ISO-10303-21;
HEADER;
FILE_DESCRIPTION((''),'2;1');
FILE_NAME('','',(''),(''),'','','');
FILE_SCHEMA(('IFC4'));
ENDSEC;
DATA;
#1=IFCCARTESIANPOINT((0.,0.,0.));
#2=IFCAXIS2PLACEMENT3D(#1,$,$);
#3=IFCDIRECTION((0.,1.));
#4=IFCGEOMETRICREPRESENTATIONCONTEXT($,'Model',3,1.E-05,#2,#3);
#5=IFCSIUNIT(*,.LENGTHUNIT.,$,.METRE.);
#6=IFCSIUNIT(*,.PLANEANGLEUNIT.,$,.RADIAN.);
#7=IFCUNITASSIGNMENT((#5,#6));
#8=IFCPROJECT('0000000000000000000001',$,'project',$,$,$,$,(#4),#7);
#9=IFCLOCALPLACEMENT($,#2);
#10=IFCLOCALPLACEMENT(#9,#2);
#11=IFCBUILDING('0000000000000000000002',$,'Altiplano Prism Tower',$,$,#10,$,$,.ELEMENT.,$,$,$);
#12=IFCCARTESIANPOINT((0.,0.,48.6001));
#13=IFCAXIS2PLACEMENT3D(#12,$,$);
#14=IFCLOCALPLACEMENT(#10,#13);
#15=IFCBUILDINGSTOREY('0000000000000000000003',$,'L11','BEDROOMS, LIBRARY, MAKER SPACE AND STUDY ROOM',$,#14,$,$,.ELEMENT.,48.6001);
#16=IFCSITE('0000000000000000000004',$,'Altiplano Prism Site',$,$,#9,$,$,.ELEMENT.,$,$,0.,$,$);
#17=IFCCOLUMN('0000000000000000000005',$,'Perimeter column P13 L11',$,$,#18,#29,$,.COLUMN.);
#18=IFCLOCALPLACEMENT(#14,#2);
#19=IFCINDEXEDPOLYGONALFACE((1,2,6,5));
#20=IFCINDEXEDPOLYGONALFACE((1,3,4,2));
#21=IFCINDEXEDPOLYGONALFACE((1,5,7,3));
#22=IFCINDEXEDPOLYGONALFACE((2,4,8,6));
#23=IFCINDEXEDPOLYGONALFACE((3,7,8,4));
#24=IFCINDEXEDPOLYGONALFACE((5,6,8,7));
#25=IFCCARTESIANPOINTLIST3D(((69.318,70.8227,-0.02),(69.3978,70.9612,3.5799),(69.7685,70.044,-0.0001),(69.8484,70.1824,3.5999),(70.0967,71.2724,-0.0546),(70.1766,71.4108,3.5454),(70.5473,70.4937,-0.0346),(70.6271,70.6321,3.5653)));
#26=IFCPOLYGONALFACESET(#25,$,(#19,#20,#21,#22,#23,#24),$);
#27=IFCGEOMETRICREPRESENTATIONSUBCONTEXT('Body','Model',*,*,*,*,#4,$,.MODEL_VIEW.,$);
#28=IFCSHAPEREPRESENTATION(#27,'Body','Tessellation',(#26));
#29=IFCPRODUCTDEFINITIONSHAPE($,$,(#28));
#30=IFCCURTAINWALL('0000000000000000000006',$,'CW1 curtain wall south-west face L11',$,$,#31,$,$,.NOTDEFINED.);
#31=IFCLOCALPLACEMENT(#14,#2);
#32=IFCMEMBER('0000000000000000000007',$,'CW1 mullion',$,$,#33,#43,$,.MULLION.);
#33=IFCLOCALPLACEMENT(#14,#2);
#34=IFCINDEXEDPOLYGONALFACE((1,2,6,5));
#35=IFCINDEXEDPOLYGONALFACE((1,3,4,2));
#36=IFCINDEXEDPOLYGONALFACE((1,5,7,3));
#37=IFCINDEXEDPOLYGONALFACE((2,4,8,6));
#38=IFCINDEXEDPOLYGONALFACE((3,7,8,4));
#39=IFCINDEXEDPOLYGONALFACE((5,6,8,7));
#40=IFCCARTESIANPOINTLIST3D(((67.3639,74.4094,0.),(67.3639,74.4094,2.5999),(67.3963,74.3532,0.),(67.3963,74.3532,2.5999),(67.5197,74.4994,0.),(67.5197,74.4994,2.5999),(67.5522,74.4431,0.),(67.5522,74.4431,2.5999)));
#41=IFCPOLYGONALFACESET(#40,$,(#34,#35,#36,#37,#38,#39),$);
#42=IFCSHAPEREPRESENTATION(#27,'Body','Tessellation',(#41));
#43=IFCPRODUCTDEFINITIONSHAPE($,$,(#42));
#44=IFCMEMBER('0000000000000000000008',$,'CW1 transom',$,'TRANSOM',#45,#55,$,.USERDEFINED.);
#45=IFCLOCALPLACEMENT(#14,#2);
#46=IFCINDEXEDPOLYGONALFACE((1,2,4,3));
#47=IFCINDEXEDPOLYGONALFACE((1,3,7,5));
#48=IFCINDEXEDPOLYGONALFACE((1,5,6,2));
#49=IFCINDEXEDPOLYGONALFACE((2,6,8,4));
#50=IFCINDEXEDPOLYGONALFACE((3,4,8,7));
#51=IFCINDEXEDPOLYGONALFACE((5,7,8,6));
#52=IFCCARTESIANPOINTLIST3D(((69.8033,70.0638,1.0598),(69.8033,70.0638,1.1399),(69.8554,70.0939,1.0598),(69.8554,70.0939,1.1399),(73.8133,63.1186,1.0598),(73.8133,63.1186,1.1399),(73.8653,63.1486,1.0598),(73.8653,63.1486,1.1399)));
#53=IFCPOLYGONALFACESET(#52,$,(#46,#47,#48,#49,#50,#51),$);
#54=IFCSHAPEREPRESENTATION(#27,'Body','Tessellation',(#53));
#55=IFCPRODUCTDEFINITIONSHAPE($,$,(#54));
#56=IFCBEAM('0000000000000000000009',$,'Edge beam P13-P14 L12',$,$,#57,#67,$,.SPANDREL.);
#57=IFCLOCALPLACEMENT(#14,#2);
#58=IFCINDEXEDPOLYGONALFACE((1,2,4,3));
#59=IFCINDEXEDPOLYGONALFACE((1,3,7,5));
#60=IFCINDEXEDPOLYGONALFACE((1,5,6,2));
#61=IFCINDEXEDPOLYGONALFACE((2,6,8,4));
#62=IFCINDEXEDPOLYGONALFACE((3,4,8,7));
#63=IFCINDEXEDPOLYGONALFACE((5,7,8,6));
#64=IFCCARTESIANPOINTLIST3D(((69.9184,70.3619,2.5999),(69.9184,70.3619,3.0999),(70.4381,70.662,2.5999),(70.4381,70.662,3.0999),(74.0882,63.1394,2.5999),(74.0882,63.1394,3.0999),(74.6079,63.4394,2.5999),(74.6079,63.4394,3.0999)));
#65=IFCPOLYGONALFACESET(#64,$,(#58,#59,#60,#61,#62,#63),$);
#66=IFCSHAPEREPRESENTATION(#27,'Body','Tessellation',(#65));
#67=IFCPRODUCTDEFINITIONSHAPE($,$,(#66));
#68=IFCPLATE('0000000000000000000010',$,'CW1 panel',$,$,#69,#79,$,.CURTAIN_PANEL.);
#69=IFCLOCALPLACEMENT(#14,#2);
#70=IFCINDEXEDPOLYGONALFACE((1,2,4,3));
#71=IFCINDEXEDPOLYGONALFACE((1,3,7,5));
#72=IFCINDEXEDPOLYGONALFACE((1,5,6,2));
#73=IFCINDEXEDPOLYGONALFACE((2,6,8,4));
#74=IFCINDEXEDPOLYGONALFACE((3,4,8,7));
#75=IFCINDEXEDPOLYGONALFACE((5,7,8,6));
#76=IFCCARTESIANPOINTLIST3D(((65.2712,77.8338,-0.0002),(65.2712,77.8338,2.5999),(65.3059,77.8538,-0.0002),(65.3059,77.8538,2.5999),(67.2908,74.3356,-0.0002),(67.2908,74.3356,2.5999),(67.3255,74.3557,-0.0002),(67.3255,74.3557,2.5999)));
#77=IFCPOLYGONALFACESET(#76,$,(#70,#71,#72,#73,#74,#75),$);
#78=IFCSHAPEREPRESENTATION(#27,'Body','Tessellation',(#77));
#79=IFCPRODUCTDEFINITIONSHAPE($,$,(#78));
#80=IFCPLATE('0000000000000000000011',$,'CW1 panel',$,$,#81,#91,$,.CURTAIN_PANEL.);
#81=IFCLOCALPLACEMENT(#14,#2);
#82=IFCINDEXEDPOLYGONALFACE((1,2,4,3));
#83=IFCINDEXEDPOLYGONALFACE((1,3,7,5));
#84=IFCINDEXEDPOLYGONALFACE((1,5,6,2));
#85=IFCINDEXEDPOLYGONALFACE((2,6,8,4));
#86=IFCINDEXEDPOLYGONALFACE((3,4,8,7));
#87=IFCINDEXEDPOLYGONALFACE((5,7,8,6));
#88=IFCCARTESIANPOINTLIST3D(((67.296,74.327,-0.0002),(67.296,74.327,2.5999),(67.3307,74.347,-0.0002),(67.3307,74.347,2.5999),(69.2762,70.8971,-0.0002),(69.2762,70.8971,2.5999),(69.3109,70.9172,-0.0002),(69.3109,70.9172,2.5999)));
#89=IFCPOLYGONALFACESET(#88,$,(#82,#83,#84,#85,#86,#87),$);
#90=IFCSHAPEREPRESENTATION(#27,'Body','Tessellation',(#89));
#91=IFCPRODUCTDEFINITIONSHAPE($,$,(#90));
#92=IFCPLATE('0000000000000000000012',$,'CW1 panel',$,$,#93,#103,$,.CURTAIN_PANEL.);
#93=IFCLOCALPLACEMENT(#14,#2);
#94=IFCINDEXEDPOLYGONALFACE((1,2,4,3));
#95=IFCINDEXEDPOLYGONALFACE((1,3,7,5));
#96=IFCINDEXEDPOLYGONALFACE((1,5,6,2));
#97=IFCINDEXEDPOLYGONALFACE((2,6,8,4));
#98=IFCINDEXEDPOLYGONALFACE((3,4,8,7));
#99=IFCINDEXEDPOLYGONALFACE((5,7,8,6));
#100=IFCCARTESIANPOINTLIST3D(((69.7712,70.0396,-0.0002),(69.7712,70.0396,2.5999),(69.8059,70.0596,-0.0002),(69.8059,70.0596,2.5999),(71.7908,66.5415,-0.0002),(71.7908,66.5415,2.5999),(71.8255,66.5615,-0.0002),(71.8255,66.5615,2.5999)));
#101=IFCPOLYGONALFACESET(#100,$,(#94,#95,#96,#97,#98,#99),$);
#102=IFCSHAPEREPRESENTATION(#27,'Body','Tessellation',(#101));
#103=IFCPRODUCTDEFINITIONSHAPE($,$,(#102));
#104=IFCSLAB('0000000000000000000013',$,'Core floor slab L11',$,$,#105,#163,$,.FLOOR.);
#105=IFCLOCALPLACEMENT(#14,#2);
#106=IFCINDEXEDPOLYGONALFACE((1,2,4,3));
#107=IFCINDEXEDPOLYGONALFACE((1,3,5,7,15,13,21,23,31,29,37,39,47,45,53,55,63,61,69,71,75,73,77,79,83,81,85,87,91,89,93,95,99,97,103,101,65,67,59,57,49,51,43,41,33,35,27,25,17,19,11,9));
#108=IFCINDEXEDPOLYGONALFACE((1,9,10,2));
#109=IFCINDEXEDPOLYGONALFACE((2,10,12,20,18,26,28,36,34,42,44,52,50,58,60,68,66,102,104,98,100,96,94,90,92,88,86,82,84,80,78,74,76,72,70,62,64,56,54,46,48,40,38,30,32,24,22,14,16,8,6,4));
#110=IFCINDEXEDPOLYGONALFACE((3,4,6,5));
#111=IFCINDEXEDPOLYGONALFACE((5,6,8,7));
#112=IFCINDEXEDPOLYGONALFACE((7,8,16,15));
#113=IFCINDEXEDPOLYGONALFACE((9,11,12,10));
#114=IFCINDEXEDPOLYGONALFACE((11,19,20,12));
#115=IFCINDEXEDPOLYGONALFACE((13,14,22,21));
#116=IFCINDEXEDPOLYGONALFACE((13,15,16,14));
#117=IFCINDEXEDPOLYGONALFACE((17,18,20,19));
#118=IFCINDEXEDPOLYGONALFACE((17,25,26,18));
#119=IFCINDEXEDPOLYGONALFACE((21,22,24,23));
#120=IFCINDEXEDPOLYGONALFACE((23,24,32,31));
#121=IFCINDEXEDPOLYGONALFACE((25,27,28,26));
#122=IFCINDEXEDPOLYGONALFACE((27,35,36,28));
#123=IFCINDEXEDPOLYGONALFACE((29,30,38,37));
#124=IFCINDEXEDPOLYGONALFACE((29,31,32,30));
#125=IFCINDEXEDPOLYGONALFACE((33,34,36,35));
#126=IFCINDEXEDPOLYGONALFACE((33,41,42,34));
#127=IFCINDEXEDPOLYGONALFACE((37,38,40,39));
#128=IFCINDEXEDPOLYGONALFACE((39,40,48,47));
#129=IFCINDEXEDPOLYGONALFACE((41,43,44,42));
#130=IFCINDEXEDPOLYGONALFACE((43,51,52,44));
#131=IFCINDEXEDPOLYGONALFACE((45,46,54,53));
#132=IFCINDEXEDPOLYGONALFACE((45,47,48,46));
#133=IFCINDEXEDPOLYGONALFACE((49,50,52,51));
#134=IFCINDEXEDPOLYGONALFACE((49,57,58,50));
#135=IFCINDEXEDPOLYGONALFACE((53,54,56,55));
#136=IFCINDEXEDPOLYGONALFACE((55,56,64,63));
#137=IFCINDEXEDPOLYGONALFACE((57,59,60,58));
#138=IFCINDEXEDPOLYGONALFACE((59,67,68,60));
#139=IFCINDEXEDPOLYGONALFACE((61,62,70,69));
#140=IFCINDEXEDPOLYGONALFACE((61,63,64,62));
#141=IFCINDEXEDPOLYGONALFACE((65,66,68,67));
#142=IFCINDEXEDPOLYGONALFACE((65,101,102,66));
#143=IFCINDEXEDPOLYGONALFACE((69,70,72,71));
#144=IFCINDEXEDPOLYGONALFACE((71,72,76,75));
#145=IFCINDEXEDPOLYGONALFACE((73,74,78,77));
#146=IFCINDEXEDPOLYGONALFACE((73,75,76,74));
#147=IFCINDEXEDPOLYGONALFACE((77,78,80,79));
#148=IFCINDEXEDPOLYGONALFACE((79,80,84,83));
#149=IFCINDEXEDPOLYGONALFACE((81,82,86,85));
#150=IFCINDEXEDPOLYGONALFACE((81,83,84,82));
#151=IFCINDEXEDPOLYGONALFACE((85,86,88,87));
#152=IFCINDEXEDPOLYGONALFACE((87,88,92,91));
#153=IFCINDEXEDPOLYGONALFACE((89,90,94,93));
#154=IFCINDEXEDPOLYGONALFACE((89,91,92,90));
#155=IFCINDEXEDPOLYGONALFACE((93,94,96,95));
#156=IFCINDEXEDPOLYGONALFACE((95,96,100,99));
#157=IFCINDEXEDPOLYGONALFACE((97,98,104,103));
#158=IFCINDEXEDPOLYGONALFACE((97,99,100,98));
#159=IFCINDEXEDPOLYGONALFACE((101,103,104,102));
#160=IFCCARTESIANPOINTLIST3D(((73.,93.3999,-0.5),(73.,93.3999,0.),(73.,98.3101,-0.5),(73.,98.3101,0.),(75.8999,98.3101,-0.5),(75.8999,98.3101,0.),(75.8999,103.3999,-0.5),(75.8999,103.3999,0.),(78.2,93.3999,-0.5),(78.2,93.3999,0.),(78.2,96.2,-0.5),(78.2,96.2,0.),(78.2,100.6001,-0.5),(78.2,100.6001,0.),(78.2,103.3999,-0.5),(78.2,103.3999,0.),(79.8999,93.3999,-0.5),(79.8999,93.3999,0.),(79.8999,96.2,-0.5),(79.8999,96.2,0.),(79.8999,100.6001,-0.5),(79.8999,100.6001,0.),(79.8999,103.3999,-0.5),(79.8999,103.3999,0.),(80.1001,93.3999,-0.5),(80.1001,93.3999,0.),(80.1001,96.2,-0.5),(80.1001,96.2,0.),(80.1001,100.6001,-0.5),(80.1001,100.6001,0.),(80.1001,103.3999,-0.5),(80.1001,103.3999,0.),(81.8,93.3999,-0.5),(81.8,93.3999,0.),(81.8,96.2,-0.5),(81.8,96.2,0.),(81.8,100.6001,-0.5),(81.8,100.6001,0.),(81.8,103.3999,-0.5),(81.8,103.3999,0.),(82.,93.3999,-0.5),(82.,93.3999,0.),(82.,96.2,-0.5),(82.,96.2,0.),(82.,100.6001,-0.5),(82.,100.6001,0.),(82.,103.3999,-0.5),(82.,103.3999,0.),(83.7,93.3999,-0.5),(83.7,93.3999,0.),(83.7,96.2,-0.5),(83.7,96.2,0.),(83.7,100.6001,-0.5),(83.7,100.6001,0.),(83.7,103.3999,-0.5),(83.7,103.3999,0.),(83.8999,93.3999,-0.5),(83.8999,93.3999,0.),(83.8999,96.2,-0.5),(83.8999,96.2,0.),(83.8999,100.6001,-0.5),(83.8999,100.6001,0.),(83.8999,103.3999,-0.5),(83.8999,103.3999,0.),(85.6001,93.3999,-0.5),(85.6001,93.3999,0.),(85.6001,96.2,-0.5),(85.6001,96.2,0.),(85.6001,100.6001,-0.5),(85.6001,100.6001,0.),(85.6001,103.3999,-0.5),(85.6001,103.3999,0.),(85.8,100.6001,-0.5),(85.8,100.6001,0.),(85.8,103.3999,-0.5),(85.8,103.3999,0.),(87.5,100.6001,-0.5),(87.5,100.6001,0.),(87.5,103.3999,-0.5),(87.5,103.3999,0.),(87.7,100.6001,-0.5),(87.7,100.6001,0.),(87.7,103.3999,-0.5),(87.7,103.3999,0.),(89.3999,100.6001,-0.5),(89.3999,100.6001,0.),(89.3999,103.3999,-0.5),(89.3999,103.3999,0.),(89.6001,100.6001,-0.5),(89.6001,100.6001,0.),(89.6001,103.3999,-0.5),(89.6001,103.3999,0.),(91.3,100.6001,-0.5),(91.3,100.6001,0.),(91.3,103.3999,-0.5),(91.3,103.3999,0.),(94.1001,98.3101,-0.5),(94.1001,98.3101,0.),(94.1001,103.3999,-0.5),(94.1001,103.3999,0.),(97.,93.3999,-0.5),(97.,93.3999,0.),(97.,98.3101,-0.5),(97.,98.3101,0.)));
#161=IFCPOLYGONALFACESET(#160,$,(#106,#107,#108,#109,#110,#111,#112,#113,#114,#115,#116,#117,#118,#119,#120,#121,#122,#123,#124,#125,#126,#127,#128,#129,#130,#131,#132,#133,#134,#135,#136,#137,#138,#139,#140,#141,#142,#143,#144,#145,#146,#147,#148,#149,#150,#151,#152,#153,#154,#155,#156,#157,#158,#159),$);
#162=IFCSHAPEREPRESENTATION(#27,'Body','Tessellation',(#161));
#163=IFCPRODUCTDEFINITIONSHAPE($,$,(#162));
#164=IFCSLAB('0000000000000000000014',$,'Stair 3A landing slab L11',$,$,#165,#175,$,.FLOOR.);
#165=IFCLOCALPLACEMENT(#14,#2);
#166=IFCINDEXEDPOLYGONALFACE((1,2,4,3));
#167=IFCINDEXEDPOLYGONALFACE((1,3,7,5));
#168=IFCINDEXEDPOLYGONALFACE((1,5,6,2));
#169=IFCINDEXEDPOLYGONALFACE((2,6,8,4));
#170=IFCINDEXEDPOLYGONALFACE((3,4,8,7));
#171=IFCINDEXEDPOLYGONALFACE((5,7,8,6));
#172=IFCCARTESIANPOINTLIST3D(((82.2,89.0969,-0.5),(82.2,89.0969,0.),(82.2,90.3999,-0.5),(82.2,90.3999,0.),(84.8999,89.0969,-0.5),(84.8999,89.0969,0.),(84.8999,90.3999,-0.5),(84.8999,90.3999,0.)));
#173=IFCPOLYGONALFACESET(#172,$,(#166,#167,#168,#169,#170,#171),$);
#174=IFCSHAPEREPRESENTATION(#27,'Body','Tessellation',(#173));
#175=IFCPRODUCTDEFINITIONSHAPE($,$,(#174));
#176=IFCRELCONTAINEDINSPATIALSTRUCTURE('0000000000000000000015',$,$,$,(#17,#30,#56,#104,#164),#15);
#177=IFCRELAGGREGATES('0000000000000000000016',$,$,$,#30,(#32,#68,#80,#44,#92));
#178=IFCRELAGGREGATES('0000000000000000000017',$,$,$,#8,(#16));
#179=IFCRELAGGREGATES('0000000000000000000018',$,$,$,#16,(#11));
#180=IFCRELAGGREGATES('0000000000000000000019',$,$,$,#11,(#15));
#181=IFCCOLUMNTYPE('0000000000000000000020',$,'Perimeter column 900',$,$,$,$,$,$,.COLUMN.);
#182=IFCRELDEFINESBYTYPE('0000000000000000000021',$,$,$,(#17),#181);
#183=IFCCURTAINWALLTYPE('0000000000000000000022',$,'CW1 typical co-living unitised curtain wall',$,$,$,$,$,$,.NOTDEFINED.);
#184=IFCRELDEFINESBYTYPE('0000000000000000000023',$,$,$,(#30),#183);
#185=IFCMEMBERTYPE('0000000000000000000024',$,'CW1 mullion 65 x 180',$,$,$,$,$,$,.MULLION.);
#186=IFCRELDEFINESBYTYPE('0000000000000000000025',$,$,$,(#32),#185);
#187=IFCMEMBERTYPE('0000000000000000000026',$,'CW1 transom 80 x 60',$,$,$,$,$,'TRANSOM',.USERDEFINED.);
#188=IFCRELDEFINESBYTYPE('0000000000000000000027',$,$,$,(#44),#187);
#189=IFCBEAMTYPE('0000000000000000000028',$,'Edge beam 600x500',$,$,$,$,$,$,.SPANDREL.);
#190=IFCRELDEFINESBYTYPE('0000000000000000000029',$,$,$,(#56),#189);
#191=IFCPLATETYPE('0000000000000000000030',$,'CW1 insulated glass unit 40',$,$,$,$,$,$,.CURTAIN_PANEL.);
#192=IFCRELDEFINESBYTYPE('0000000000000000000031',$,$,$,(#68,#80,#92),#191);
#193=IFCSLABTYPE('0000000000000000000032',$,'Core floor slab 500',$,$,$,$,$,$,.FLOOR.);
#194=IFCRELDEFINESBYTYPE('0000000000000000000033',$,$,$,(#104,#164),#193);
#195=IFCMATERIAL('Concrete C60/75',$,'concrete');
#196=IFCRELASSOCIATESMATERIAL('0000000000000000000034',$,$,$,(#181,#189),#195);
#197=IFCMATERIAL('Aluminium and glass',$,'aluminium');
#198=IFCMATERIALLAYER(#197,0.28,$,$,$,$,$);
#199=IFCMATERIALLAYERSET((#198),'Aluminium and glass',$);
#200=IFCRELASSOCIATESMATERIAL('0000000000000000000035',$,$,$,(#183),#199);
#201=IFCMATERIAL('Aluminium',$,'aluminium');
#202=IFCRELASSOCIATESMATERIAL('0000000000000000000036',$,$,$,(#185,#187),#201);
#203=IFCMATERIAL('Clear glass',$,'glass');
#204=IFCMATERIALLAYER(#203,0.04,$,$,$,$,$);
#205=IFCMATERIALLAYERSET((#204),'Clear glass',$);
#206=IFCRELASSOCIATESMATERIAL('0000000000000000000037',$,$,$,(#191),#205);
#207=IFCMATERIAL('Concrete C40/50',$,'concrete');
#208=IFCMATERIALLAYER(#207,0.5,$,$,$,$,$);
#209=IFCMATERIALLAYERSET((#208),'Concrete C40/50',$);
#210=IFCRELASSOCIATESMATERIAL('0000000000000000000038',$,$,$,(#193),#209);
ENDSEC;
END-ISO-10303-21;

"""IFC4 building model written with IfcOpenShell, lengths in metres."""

from ifc_helpers import new_model, si_unit, direction, frame, origin, origin_2d, place, context, subcontext, project, spatial, polyline, rectangle, outline, extrude, material, layer, layer_set, material_profile, profile_set, type_object, element, aggregate, save


model = new_model("IFC4")

# Units and contexts
model_context = context("Model", 3, precision=1e-05, world=origin(), true_north=direction((0.0, 1.0)))
body_context = subcontext(model_context, "Body", "Model", "MODEL_VIEW")
ifc_project = project(units=[si_unit("LENGTHUNIT", "METRE"), si_unit("PLANEANGLEUNIT", "RADIAN")], contexts=[model_context])

# Site, building, storey
site_placement = place(None, origin())
site = spatial("IfcSite", under=ifc_project, at=site_placement, Name="Altiplano Prism Site", CompositionType="ELEMENT", RefElevation=0.0)
building_placement = place(site_placement, origin())
building = spatial("IfcBuilding", under=site, at=building_placement, Name="Altiplano Prism Tower", CompositionType="ELEMENT")
storey_placement = place(building_placement, frame((0.0, 0.0, 48.6001)))
storey = spatial("IfcBuildingStorey", under=building, at=storey_placement, Name="L11", Description="BEDROOMS, LIBRARY, MAKER SPACE AND STUDY ROOM", CompositionType="ELEMENT", Elevation=48.6001)

# Column
ifc_material_1 = material(Name="Concrete C60/75", Category="concrete")
ifc_material_profile_1 = material_profile(ifc_material_1, rectangle(XDim=0.8999, YDim=0.8999, at=origin_2d()), Name="Perimeter column 900")
ifc_profile_set_1 = profile_set([ifc_material_profile_1], Name="Concrete C60/75")
column_type = type_object("IfcColumnType", Name="Perimeter column 900", PredefinedType="COLUMN", material=ifc_profile_set_1)
column_placement = place(storey_placement, frame((69.9326, 70.6582, -0.0273), z_axis=(0.022155, 0.038416, 0.999016), x_axis=(-0.865363, -0.499671, 0.038405)))
element("IfcColumn", 1, at=column_placement, inside=storey, type_object=column_type, Name="Perimeter column P13 L11", PredefinedType="COLUMN", context=body_context, shape_type="SweptSolid", body=[
    extrude(rectangle(XDim=0.8999, YDim=0.8999, at=origin_2d()), origin(), (0.0, 0.0, 1.0), 3.6035),
])

# Curtain wall, members
ifc_material_2 = material(Name="Aluminium and glass", Category="aluminium")
ifc_layer_1 = layer(ifc_material_2, 0.28)
ifc_layer_set_1 = layer_set([ifc_layer_1], Name="Aluminium and glass")
curtain_wall_type = type_object("IfcCurtainWallType", Name="CW1 typical co-living unitised curtain wall", PredefinedType="NOTDEFINED", material=ifc_layer_set_1)
curtain_wall_placement = place(storey_placement, origin())
curtain_wall = element("IfcCurtainWall", 2, at=curtain_wall_placement, inside=storey, type_object=curtain_wall_type, Name="CW1 curtain wall south-west face L11", PredefinedType="NOTDEFINED")
ifc_material_3 = material(Name="Aluminium", Category="aluminium")
ifc_material_profile_2 = material_profile(ifc_material_3, rectangle(XDim=0.1799, YDim=0.0649, at=origin_2d()), Name="CW1 mullion 65 x 180")
ifc_profile_set_2 = profile_set([ifc_material_profile_2], Name="Aluminium")
member_type_1 = type_object("IfcMemberType", Name="CW1 mullion 65 x 180", PredefinedType="MULLION", material=ifc_profile_set_2)
member_1_placement = place(storey_placement, frame((67.458, 74.4263, 0.0), z_axis=(0.0, 0.0, 1.0), x_axis=(0.866025, 0.5, 0.0)))
member_1 = element("IfcMember", 3, at=member_1_placement, type_object=member_type_1, Name="CW1 mullion", PredefinedType="MULLION", context=body_context, shape_type="SweptSolid", body=[
    extrude(rectangle(XDim=0.1799, YDim=0.0649, at=origin_2d()), origin(), (0.0, 0.0, 1.0), 2.5999),
])
ifc_material_profile_3 = material_profile(ifc_material_3, rectangle(XDim=0.0601, YDim=0.0801, at=origin_2d()), Name="CW1 transom 80 x 60")
ifc_profile_set_3 = profile_set([ifc_material_profile_3], Name="Aluminium")
member_type_2 = type_object("IfcMemberType", Name="CW1 transom 80 x 60", ElementType="TRANSOM", PredefinedType="USERDEFINED", material=ifc_profile_set_3)
member_2_placement = place(storey_placement, frame((69.8293, 70.0789, 1.0999), z_axis=(0.500012, -0.866018, 0.0), x_axis=(0.866018, 0.500012, 0.0)))
member_2 = element("IfcMember", 4, at=member_2_placement, type_object=member_type_2, Name="CW1 transom", ObjectType="TRANSOM", PredefinedType="USERDEFINED", context=body_context, shape_type="SweptSolid", body=[
    extrude(rectangle(XDim=0.0601, YDim=0.0801, at=origin_2d()), origin(), (0.0, 0.0, 1.0), 8.0198),
])

# Beam
ifc_material_profile_4 = material_profile(ifc_material_1, rectangle(XDim=0.6001, YDim=0.5, at=origin_2d()), Name="Edge beam 600x500")
ifc_profile_set_4 = profile_set([ifc_material_profile_4], Name="Concrete C60/75")
beam_type = type_object("IfcBeamType", Name="Edge beam 600x500", PredefinedType="SPANDREL", material=ifc_profile_set_4)
beam_placement = place(storey_placement, frame((70.1782, 70.512, 2.8499), z_axis=(0.499993, -0.86603, 0.0), x_axis=(0.86603, 0.499993, 0.0)))
element("IfcBeam", 5, at=beam_placement, inside=storey, type_object=beam_type, Name="Edge beam P13-P14 L12", PredefinedType="SPANDREL", context=body_context, shape_type="SweptSolid", body=[
    extrude(rectangle(XDim=0.6001, YDim=0.5, at=origin_2d()), origin(), (0.0, 0.0, 1.0), 8.3398),
])

# Plates
ifc_material_4 = material(Name="Clear glass", Category="glass")
ifc_layer_2 = layer(ifc_material_4, 0.04)
ifc_layer_set_2 = layer_set([ifc_layer_2], Name="Clear glass")
plate_type = type_object("IfcPlateType", Name="CW1 insulated glass unit 40", PredefinedType="CURTAIN_PANEL", material=ifc_layer_set_2)
plate_1_placement = place(storey_placement, frame((66.2983, 76.0947, -0.0002), z_axis=(0.0, 0.0, 1.0), x_axis=(0.5, -0.866025, 0.0)))
plate_1 = element("IfcPlate", 6, at=plate_1_placement, type_object=plate_type, Name="CW1 panel", PredefinedType="CURTAIN_PANEL", context=body_context, shape_type="SweptSolid", body=[
    extrude(rectangle(XDim=4.0393, YDim=0.04, at=origin_2d()), origin(), (0.0, 0.0, 1.0), 2.6001),
])
plate_2_placement = place(storey_placement, frame((68.3035, 72.6221, -0.0002), z_axis=(0.0, 0.0, 1.0), x_axis=(0.5, -0.866025, 0.0)))
plate_2 = element("IfcPlate", 7, at=plate_2_placement, type_object=plate_type, Name="CW1 panel", PredefinedType="CURTAIN_PANEL", context=body_context, shape_type="SweptSolid", body=[
    extrude(rectangle(XDim=3.9604, YDim=0.04, at=origin_2d()), origin(), (0.0, 0.0, 1.0), 2.6001),
])
plate_3_placement = place(storey_placement, frame((70.7983, 68.3005, -0.0002), z_axis=(0.0, 0.0, 1.0), x_axis=(0.5, -0.866025, 0.0)))
plate_3 = element("IfcPlate", 8, at=plate_3_placement, type_object=plate_type, Name="CW1 panel", PredefinedType="CURTAIN_PANEL", context=body_context, shape_type="SweptSolid", body=[
    extrude(rectangle(XDim=4.0393, YDim=0.04, at=origin_2d()), origin(), (0.0, 0.0, 1.0), 2.6001),
])
aggregate(curtain_wall, [member_1, plate_1, plate_2, member_2, plate_3])

# Slabs
ifc_material_5 = material(Name="Concrete C40/50", Category="concrete")
ifc_layer_3 = layer(ifc_material_5, 0.5)
ifc_layer_set_3 = layer_set([ifc_layer_3], Name="Concrete C40/50")
slab_type_1 = type_object("IfcSlabType", Name="Core floor slab 500", PredefinedType="FLOOR", material=ifc_layer_set_3)
slab_1_placement = place(storey_placement, frame((0.0, 0.0, -0.5)))
element("IfcSlab", 9, at=slab_1_placement, inside=storey, type_object=slab_type_1, Name="Core floor slab L11", PredefinedType="FLOOR", context=body_context, shape_type="SweptSolid", body=[
    extrude(outline(polyline([(97.0, 98.3101), (94.1001, 98.3101), (94.1001, 103.3999), (91.3, 103.3999), (91.3, 100.6001), (89.6001, 100.6001), (89.6001, 103.3999), (89.3999, 103.3999), (89.3999, 100.6001), (87.7, 100.6001), (87.7, 103.3999), (87.5, 103.3999), (87.5, 100.6001), (85.8, 100.6001), (85.8, 103.3999), (85.6001, 103.3999), (85.6001, 100.6001), (83.8999, 100.6001), (83.8999, 103.3999), (83.7, 103.3999), (83.7, 100.6001), (82.0, 100.6001), (82.0, 103.3999), (81.8, 103.3999), (81.8, 100.6001), (80.1001, 100.6001), (80.1001, 103.3999), (79.8999, 103.3999), (79.8999, 100.6001), (78.2, 100.6001), (78.2, 103.3999), (75.8999, 103.3999), (75.8999, 98.3101), (73.0, 98.3101), (73.0, 93.3999), (78.2, 93.3999), (78.2, 96.2), (79.8999, 96.2), (79.8999, 93.3999), (80.1001, 93.3999), (80.1001, 96.2), (81.8, 96.2), (81.8, 93.3999), (82.0, 93.3999), (82.0, 96.2), (83.7, 96.2), (83.7, 93.3999), (83.8999, 93.3999), (83.8999, 96.2), (85.6001, 96.2), (85.6001, 93.3999), (97.0, 93.3999), (97.0, 98.3101)])), origin(), (0.0, 0.0, 1.0), 0.5),
])
slab_2_placement = place(storey_placement, frame((0.0, 0.0, -0.5)))
element("IfcSlab", 10, at=slab_2_placement, inside=storey, type_object=slab_type_1, Name="Stair 3A landing slab L11", PredefinedType="FLOOR", context=body_context, shape_type="SweptSolid", body=[
    extrude(outline(polyline([(82.2, 89.0969), (84.8999, 89.0969), (84.8999, 90.3999), (82.2, 90.3999), (82.2, 89.0969)])), origin(), (0.0, 0.0, 1.0), 0.5),
])

save(model, "model.ifc")
